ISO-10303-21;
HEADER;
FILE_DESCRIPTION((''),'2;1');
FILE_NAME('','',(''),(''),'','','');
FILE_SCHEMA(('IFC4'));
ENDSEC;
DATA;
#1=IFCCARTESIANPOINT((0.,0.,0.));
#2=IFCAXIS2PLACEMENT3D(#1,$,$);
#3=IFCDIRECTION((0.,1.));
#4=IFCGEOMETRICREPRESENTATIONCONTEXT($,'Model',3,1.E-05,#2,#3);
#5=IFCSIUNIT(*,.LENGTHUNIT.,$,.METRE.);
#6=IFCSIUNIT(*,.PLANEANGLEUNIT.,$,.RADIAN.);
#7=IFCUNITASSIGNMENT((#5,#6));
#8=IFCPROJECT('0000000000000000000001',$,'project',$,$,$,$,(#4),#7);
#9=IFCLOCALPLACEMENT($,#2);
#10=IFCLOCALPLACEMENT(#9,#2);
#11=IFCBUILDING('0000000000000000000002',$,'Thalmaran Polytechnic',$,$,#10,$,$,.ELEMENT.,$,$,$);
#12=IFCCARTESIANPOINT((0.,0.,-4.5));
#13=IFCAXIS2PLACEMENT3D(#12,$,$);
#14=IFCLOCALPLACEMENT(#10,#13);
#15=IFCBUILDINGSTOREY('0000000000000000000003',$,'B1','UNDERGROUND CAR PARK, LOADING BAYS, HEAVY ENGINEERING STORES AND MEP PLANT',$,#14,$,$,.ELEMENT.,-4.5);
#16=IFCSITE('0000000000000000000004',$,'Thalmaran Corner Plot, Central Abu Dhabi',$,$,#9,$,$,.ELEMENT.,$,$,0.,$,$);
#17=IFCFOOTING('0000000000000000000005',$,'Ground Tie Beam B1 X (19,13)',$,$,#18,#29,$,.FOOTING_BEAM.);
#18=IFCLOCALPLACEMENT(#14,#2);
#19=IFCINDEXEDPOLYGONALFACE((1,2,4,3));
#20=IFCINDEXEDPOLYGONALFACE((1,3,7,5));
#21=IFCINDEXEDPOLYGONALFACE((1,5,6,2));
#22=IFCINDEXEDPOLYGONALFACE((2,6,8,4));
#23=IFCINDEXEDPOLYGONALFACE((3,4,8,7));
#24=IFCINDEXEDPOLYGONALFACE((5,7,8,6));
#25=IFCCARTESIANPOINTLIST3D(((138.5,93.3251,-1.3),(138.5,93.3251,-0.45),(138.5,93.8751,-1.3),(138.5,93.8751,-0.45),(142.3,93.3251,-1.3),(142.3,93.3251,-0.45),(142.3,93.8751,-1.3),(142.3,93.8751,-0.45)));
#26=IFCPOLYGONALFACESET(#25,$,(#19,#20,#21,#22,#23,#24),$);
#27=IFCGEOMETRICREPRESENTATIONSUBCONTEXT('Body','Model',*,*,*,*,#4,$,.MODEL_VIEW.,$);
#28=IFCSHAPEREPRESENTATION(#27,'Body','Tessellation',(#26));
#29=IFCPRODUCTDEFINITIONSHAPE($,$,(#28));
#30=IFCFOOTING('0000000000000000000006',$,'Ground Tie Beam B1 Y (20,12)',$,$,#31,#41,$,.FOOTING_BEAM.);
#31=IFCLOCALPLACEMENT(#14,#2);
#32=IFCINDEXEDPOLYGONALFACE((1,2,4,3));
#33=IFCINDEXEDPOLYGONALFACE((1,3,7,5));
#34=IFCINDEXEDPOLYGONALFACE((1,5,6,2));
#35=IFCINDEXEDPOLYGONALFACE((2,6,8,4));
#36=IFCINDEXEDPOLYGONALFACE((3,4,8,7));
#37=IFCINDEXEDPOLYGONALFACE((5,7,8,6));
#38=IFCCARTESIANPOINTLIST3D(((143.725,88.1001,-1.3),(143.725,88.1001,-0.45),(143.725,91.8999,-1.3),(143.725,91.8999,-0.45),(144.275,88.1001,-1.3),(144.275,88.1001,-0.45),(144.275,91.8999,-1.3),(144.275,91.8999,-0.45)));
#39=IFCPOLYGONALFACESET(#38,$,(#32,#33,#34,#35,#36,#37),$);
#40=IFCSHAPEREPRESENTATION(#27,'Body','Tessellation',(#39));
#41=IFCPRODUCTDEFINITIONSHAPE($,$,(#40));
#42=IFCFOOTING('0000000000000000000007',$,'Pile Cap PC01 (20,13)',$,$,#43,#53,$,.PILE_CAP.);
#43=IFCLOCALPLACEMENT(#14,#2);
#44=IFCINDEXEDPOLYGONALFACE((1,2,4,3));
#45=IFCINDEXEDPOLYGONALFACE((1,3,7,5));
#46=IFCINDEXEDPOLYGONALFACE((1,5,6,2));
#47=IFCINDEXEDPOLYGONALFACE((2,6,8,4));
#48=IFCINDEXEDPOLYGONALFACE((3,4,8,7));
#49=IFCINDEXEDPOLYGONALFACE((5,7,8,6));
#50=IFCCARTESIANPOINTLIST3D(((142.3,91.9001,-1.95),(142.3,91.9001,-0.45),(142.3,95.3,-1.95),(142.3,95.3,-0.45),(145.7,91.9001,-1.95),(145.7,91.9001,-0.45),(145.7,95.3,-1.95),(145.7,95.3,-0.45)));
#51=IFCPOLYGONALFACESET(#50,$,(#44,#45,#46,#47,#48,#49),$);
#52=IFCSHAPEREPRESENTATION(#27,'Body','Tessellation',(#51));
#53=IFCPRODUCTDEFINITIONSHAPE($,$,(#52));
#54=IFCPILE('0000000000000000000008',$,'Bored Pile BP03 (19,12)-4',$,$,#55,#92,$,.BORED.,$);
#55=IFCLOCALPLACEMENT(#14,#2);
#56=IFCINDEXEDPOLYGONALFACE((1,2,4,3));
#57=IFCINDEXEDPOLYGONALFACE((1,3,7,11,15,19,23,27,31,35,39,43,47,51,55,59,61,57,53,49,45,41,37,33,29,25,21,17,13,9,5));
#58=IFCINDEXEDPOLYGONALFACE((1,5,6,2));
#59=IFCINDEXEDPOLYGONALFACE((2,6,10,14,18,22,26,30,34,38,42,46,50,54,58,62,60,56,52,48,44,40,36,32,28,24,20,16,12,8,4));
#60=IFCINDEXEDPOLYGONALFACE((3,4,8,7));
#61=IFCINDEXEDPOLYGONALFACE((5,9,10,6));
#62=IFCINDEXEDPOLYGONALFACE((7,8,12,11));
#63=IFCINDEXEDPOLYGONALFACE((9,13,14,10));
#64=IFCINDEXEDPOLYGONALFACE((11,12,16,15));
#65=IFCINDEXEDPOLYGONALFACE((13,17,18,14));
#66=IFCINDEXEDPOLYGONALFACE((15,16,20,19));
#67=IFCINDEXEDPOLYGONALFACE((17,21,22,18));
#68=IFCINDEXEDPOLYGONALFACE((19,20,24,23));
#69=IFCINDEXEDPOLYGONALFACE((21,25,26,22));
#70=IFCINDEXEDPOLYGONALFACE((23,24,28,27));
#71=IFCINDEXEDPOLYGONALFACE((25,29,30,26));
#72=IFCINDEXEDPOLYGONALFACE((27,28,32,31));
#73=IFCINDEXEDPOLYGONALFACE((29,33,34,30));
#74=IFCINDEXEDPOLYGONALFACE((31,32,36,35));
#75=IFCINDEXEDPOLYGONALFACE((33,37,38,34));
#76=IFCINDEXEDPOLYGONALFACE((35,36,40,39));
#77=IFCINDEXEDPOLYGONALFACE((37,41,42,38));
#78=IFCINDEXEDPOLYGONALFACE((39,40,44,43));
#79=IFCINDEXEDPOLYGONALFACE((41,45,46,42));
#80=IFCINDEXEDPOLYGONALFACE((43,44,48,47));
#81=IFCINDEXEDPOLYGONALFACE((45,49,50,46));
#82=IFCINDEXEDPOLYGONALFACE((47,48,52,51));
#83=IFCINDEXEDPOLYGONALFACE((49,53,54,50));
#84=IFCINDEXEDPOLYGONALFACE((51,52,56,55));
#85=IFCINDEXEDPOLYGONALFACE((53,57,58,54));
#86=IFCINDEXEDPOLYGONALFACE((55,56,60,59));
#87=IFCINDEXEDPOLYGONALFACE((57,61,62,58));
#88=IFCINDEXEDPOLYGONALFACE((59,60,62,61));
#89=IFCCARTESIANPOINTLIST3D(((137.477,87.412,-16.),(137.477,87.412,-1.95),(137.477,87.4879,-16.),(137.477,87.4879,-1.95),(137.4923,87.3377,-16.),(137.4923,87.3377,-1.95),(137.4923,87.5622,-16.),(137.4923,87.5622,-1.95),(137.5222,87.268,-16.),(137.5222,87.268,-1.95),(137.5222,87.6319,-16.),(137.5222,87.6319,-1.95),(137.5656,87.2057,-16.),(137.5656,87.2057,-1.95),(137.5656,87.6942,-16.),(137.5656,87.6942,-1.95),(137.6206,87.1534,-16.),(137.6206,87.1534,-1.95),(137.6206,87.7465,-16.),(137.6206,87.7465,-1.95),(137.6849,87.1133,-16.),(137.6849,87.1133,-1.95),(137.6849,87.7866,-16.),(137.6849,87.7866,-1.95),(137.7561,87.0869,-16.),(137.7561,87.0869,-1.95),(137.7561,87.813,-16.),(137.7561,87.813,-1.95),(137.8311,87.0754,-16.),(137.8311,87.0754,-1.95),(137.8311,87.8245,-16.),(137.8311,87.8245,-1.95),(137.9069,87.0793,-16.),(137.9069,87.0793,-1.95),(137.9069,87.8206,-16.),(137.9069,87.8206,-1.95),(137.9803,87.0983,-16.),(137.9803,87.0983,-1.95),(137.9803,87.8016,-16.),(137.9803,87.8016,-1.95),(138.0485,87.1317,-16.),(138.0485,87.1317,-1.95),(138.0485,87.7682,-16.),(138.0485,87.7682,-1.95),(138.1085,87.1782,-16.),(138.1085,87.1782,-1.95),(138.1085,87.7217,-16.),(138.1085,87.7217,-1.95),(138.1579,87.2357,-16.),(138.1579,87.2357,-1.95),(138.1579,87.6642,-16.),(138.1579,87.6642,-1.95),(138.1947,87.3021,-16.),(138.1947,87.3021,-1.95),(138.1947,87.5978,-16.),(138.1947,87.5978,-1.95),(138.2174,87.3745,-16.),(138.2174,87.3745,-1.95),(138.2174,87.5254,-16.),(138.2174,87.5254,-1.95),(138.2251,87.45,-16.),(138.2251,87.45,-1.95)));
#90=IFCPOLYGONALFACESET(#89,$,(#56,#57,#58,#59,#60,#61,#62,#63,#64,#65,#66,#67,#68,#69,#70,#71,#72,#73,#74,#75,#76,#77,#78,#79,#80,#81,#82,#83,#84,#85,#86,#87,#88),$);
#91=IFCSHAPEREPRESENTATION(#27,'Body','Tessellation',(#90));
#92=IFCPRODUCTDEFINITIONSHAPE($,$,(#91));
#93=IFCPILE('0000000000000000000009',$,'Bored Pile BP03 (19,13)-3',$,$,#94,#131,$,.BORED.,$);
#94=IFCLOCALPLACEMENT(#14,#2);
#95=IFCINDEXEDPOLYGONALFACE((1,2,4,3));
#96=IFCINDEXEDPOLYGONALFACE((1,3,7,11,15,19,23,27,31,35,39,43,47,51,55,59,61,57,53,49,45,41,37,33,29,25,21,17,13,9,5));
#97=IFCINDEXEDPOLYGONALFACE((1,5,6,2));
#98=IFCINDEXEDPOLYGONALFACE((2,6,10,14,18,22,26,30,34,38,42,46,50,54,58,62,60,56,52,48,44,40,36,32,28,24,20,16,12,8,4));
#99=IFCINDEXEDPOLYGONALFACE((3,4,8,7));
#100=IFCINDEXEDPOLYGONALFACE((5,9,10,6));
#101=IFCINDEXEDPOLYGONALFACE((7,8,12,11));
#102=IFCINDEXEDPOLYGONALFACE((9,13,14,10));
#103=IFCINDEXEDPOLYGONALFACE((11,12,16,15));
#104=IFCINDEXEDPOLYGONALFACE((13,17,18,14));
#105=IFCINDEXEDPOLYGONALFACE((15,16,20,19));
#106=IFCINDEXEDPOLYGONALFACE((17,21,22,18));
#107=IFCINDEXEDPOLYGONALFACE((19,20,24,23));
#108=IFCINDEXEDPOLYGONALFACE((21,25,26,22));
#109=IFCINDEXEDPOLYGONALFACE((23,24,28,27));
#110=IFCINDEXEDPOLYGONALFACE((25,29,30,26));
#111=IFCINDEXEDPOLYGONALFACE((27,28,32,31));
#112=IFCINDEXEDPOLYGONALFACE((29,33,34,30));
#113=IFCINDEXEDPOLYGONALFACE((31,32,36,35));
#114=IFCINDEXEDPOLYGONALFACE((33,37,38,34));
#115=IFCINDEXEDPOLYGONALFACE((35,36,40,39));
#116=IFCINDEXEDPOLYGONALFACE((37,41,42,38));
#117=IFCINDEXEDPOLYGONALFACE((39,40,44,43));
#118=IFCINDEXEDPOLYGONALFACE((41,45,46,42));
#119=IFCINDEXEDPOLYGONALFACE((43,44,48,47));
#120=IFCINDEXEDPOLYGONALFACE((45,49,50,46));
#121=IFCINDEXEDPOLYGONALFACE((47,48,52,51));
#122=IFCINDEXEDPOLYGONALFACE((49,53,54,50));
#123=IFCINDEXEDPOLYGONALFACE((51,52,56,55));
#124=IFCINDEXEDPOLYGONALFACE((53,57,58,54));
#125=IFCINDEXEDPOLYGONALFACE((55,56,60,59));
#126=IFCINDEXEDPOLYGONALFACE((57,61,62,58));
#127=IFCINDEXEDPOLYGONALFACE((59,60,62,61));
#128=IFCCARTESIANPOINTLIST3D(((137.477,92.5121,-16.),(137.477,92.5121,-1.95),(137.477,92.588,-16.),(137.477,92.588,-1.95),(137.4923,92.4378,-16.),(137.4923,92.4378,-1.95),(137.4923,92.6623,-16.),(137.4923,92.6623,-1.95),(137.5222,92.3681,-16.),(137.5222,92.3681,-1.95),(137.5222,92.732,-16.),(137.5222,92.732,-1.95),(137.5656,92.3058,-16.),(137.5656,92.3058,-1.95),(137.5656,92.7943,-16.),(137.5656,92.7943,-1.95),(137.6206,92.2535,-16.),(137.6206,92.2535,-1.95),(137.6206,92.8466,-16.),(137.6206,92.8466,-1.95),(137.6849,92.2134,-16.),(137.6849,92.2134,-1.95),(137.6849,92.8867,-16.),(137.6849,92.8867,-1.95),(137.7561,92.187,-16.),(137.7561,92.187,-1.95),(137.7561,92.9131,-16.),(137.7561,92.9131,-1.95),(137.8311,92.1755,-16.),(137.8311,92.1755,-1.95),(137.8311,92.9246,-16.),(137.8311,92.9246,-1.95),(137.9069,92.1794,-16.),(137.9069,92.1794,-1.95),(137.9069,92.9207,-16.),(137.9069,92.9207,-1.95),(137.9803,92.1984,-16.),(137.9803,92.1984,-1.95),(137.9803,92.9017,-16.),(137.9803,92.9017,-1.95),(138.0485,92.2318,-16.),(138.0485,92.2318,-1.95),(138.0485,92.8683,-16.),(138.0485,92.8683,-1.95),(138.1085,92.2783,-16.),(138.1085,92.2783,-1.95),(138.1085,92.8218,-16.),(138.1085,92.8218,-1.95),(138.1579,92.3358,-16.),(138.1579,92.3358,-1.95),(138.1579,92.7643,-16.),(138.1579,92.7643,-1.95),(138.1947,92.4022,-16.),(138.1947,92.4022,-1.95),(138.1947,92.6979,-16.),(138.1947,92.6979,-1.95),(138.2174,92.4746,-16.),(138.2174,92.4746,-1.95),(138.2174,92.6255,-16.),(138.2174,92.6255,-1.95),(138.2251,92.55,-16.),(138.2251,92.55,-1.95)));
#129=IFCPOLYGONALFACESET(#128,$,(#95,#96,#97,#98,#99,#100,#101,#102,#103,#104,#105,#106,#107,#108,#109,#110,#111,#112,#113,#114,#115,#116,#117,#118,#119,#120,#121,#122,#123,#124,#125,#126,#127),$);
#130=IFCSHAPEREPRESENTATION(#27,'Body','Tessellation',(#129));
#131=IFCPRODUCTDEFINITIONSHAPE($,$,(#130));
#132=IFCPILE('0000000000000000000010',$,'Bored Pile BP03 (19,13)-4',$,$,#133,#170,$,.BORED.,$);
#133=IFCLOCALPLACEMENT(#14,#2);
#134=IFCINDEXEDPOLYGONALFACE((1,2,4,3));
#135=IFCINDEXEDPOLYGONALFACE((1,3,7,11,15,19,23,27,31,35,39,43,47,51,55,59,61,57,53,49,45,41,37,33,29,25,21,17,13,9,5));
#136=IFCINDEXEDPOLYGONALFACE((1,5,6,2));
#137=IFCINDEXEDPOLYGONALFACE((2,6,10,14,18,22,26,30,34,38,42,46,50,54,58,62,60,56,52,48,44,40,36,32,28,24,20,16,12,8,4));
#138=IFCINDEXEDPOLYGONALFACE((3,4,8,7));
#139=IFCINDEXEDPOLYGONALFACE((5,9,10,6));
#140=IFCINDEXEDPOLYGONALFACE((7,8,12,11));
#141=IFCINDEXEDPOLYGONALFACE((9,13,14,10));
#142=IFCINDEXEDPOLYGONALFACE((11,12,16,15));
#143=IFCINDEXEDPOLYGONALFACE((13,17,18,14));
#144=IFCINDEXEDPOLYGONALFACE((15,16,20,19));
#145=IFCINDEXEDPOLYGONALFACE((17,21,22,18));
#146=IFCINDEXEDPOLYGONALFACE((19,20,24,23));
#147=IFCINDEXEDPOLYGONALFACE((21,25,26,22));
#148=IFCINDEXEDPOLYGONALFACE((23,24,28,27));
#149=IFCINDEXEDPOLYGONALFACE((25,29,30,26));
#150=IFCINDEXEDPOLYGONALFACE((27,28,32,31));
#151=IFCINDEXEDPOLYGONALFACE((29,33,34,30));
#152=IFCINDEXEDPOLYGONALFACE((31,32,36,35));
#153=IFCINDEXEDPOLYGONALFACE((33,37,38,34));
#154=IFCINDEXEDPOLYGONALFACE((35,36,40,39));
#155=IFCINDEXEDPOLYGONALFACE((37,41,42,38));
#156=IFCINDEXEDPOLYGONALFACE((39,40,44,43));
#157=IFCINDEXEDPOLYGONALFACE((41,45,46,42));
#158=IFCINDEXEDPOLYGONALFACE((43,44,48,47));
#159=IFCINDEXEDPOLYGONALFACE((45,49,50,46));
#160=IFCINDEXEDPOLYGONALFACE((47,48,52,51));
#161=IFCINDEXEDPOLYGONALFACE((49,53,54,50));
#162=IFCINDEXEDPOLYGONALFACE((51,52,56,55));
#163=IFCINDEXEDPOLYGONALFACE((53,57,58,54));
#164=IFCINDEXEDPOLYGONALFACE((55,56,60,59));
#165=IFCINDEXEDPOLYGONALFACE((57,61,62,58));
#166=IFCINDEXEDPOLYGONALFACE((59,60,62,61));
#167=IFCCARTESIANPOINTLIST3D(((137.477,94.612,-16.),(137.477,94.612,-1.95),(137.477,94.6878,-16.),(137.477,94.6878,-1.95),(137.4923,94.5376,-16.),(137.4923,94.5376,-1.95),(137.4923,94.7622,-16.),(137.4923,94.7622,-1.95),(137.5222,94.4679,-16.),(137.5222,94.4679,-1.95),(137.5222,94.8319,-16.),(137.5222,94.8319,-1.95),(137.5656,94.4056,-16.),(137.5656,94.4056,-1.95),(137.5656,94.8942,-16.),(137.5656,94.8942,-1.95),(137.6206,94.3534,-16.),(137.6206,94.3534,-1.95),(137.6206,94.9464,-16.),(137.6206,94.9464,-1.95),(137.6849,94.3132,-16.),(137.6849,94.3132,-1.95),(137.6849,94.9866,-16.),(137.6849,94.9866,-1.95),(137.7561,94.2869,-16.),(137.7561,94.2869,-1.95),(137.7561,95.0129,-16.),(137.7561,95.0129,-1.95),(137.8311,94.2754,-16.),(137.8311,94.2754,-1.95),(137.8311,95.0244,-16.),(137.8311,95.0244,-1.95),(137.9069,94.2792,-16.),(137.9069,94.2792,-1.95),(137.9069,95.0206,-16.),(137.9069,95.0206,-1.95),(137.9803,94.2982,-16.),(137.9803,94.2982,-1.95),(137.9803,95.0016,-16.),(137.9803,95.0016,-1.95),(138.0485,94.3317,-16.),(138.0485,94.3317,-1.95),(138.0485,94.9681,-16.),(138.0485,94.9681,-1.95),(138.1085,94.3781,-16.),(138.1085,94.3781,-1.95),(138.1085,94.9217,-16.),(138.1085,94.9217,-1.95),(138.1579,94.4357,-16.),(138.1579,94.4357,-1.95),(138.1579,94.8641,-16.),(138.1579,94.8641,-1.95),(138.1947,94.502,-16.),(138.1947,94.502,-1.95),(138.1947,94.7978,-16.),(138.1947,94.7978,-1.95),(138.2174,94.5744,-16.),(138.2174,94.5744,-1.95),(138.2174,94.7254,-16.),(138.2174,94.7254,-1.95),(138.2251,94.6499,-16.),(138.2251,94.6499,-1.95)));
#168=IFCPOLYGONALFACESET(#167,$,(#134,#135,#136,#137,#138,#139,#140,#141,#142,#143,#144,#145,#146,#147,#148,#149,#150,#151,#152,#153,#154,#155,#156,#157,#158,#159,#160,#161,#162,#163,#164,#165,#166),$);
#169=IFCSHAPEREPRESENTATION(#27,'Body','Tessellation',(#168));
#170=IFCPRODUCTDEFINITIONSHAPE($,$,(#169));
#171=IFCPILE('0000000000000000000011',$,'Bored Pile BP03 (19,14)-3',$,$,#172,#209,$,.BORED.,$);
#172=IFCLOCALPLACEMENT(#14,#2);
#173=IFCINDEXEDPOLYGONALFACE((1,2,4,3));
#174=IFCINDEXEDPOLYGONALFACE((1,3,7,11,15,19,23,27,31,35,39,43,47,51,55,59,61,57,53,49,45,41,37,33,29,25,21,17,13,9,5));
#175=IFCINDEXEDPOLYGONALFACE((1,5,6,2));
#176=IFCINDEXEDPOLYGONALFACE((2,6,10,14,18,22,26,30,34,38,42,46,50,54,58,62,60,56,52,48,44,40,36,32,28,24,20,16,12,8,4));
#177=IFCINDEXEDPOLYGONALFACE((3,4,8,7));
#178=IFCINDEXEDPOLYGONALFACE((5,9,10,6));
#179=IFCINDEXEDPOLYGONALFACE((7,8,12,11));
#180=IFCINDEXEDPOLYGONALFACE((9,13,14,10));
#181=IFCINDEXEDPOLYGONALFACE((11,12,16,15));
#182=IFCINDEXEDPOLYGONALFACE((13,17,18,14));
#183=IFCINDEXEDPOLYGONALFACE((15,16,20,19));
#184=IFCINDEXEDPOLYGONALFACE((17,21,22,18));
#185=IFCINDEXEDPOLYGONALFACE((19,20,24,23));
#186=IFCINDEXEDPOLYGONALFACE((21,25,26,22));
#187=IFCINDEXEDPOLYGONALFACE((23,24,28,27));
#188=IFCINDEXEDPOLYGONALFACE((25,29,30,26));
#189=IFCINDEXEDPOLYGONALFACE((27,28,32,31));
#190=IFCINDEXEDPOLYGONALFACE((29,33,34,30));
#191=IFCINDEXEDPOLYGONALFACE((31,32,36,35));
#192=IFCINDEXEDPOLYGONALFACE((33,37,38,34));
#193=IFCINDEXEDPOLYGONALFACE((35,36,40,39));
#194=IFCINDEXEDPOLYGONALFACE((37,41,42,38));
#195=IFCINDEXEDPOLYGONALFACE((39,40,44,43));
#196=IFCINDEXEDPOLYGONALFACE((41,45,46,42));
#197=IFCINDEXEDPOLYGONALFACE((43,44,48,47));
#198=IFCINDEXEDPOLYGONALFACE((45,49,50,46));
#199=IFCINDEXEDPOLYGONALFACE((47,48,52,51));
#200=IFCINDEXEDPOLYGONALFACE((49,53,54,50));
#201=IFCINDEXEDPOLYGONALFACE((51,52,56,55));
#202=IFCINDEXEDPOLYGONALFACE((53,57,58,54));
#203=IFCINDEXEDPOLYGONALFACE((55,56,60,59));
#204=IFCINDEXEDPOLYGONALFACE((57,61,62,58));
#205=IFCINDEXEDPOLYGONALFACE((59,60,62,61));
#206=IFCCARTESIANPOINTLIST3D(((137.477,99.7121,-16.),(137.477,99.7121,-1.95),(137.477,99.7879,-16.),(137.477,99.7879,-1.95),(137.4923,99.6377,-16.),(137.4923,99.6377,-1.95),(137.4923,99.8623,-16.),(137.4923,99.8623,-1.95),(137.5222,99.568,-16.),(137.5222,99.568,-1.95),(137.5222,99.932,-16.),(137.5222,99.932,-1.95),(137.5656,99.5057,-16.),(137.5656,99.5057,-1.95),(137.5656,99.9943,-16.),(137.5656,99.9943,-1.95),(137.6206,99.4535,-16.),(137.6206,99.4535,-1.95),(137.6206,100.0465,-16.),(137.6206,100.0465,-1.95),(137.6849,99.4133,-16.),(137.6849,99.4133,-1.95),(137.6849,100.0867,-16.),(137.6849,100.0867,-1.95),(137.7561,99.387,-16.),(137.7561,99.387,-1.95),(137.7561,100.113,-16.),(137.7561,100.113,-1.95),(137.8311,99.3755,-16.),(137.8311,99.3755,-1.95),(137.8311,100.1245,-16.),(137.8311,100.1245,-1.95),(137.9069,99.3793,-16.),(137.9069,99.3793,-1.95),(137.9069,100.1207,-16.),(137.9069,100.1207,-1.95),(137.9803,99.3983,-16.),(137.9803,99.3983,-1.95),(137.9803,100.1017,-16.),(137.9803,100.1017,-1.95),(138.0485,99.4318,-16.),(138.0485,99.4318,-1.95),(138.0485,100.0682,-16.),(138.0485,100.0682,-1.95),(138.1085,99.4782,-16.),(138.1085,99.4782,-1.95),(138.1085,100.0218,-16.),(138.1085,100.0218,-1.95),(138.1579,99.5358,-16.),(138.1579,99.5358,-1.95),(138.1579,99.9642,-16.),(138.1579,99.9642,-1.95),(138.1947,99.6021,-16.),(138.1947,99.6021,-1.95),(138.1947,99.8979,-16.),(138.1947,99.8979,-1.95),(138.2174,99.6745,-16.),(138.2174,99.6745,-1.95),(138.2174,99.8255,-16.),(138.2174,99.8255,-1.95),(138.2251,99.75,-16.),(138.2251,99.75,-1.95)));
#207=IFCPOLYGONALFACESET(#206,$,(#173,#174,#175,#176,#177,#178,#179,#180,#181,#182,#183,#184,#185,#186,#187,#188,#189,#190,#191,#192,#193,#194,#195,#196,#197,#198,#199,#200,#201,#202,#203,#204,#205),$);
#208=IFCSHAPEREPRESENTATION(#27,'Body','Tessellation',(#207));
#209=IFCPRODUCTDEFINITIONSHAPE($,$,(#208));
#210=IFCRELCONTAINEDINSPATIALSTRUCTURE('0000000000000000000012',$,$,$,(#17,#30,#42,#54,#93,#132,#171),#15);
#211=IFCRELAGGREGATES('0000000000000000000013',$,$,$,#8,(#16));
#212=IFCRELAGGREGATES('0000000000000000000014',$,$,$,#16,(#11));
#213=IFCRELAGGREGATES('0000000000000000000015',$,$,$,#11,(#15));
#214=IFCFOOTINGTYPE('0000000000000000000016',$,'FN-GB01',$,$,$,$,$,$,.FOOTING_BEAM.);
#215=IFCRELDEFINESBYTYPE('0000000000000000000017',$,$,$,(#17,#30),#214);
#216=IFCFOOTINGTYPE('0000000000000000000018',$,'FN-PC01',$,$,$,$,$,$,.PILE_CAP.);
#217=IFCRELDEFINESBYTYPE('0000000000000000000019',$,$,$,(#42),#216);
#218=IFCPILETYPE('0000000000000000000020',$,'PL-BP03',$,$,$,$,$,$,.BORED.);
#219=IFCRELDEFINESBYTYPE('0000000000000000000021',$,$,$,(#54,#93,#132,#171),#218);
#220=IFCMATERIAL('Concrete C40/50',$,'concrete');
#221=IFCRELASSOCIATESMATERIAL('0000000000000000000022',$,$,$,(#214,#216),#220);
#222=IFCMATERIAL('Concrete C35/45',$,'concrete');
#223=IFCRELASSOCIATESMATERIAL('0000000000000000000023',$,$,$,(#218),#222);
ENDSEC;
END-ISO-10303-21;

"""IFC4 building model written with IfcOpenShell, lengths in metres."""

from ifc_helpers import new_model, si_unit, direction, frame, origin, origin_2d, place, context, subcontext, project, spatial, rectangle, circle, extrude, material, material_profile, profile_set, type_object, element, save


model = new_model("IFC4")

# Units and contexts
model_context = context("Model", 3, precision=1e-05, world=origin(), true_north=direction((0.0, 1.0)))
body_context = subcontext(model_context, "Body", "Model", "MODEL_VIEW")
ifc_project = project(units=[si_unit("LENGTHUNIT", "METRE"), si_unit("PLANEANGLEUNIT", "RADIAN")], contexts=[model_context])

# Site, building, storey
site_placement = place(None, origin())
site = spatial("IfcSite", under=ifc_project, at=site_placement, Name="Thalmaran Corner Plot, Central Abu Dhabi", CompositionType="ELEMENT", RefElevation=0.0)
building_placement = place(site_placement, origin())
building = spatial("IfcBuilding", under=site, at=building_placement, Name="Thalmaran Polytechnic", CompositionType="ELEMENT")
storey_placement = place(building_placement, frame((0.0, 0.0, -4.5)))
storey = spatial("IfcBuildingStorey", under=building, at=storey_placement, Name="B1", Description="UNDERGROUND CAR PARK, LOADING BAYS, HEAVY ENGINEERING STORES AND MEP PLANT", CompositionType="ELEMENT", Elevation=-4.5)

# Footings
ifc_material_1 = material(Name="Concrete C40/50", Category="concrete")
ifc_material_profile_1 = material_profile(ifc_material_1, rectangle(XDim=0.55, YDim=0.8501, at=origin_2d()), Name="RC 550x850")
ifc_profile_set_1 = profile_set([ifc_material_profile_1], Name="Concrete C40/50")
footing_type_1 = type_object("IfcFootingType", Name="FN-GB01", PredefinedType="FOOTING_BEAM", material=ifc_profile_set_1)
footing_1_placement = place(storey_placement, frame((138.5, 93.6001, -0.875), z_axis=(1.0, 0.0, 0.0), x_axis=(0.0, 1.0, 0.0)))
element("IfcFooting", 1, at=footing_1_placement, inside=storey, type_object=footing_type_1, Name="Ground Tie Beam B1 X (19,13)", PredefinedType="FOOTING_BEAM", context=body_context, shape_type="SweptSolid", body=[
    extrude(rectangle(XDim=0.55, YDim=0.8501, at=origin_2d()), origin(), (0.0, 0.0, 1.0), 3.8),
])
footing_2_placement = place(storey_placement, frame((144.0, 88.1001, -0.875), z_axis=(0.0, 1.0, 0.0), x_axis=(-1.0, 0.0, 0.0)))
element("IfcFooting", 2, at=footing_2_placement, inside=storey, type_object=footing_type_1, Name="Ground Tie Beam B1 Y (20,12)", PredefinedType="FOOTING_BEAM", context=body_context, shape_type="SweptSolid", body=[
    extrude(rectangle(XDim=0.55, YDim=0.8501, at=origin_2d()), origin(), (0.0, 0.0, 1.0), 3.7998),
])
footing_type_2 = type_object("IfcFootingType", Name="FN-PC01", PredefinedType="PILE_CAP", material=ifc_material_1)
footing_3_placement = place(storey_placement, frame((144.0, 93.6001, -1.95), z_axis=(0.0, 0.0, 1.0), x_axis=(1.0, 0.0, 0.0)))
element("IfcFooting", 3, at=footing_3_placement, inside=storey, type_object=footing_type_2, Name="Pile Cap PC01 (20,13)", PredefinedType="PILE_CAP", context=body_context, shape_type="SweptSolid", body=[
    extrude(rectangle(XDim=3.3999, YDim=3.3999, at=origin_2d()), origin(), (0.0, 0.0, 1.0), 1.5),
])

# Piles
ifc_material_2 = material(Name="Concrete C35/45", Category="concrete")
ifc_material_profile_2 = material_profile(ifc_material_2, circle(Radius=0.375, at=origin_2d()), Name="RC 750 DIA")
ifc_profile_set_2 = profile_set([ifc_material_profile_2], Name="Concrete C35/45")
pile_type = type_object("IfcPileType", Name="PL-BP03", PredefinedType="BORED", material=ifc_profile_set_2)
for number, where, z_axis, x_axis, name in (
    (4, (137.8501, 87.45, -1.95), (0.0, 0.0, -1.0), (1.0, 0.0, 0.0), "Bored Pile BP03 (19,12)-4"),
    (5, (137.8501, 92.55, -1.95), (0.0, 0.0, -1.0), (1.0, 0.0, 0.0), "Bored Pile BP03 (19,13)-3"),
    (6, (137.8501, 94.6499, -1.95), (0.0, 0.0, -1.0), (1.0, 0.0, 0.0), "Bored Pile BP03 (19,13)-4"),
    (7, (137.8501, 99.75, -1.95), (0.0, 0.0, -1.0), (1.0, 0.0, 0.0), "Bored Pile BP03 (19,14)-3"),
):
    element("IfcPile", number, at=place(storey_placement, frame(where, z_axis=z_axis, x_axis=x_axis)), inside=storey, type_object=pile_type, Name=name, PredefinedType="BORED", context=body_context, shape_type="SweptSolid", body=[
        extrude(circle(Radius=0.375, at=origin_2d()), origin(), (0.0, 0.0, 1.0), 14.05),
    ])

save(model, "model.ifc")
